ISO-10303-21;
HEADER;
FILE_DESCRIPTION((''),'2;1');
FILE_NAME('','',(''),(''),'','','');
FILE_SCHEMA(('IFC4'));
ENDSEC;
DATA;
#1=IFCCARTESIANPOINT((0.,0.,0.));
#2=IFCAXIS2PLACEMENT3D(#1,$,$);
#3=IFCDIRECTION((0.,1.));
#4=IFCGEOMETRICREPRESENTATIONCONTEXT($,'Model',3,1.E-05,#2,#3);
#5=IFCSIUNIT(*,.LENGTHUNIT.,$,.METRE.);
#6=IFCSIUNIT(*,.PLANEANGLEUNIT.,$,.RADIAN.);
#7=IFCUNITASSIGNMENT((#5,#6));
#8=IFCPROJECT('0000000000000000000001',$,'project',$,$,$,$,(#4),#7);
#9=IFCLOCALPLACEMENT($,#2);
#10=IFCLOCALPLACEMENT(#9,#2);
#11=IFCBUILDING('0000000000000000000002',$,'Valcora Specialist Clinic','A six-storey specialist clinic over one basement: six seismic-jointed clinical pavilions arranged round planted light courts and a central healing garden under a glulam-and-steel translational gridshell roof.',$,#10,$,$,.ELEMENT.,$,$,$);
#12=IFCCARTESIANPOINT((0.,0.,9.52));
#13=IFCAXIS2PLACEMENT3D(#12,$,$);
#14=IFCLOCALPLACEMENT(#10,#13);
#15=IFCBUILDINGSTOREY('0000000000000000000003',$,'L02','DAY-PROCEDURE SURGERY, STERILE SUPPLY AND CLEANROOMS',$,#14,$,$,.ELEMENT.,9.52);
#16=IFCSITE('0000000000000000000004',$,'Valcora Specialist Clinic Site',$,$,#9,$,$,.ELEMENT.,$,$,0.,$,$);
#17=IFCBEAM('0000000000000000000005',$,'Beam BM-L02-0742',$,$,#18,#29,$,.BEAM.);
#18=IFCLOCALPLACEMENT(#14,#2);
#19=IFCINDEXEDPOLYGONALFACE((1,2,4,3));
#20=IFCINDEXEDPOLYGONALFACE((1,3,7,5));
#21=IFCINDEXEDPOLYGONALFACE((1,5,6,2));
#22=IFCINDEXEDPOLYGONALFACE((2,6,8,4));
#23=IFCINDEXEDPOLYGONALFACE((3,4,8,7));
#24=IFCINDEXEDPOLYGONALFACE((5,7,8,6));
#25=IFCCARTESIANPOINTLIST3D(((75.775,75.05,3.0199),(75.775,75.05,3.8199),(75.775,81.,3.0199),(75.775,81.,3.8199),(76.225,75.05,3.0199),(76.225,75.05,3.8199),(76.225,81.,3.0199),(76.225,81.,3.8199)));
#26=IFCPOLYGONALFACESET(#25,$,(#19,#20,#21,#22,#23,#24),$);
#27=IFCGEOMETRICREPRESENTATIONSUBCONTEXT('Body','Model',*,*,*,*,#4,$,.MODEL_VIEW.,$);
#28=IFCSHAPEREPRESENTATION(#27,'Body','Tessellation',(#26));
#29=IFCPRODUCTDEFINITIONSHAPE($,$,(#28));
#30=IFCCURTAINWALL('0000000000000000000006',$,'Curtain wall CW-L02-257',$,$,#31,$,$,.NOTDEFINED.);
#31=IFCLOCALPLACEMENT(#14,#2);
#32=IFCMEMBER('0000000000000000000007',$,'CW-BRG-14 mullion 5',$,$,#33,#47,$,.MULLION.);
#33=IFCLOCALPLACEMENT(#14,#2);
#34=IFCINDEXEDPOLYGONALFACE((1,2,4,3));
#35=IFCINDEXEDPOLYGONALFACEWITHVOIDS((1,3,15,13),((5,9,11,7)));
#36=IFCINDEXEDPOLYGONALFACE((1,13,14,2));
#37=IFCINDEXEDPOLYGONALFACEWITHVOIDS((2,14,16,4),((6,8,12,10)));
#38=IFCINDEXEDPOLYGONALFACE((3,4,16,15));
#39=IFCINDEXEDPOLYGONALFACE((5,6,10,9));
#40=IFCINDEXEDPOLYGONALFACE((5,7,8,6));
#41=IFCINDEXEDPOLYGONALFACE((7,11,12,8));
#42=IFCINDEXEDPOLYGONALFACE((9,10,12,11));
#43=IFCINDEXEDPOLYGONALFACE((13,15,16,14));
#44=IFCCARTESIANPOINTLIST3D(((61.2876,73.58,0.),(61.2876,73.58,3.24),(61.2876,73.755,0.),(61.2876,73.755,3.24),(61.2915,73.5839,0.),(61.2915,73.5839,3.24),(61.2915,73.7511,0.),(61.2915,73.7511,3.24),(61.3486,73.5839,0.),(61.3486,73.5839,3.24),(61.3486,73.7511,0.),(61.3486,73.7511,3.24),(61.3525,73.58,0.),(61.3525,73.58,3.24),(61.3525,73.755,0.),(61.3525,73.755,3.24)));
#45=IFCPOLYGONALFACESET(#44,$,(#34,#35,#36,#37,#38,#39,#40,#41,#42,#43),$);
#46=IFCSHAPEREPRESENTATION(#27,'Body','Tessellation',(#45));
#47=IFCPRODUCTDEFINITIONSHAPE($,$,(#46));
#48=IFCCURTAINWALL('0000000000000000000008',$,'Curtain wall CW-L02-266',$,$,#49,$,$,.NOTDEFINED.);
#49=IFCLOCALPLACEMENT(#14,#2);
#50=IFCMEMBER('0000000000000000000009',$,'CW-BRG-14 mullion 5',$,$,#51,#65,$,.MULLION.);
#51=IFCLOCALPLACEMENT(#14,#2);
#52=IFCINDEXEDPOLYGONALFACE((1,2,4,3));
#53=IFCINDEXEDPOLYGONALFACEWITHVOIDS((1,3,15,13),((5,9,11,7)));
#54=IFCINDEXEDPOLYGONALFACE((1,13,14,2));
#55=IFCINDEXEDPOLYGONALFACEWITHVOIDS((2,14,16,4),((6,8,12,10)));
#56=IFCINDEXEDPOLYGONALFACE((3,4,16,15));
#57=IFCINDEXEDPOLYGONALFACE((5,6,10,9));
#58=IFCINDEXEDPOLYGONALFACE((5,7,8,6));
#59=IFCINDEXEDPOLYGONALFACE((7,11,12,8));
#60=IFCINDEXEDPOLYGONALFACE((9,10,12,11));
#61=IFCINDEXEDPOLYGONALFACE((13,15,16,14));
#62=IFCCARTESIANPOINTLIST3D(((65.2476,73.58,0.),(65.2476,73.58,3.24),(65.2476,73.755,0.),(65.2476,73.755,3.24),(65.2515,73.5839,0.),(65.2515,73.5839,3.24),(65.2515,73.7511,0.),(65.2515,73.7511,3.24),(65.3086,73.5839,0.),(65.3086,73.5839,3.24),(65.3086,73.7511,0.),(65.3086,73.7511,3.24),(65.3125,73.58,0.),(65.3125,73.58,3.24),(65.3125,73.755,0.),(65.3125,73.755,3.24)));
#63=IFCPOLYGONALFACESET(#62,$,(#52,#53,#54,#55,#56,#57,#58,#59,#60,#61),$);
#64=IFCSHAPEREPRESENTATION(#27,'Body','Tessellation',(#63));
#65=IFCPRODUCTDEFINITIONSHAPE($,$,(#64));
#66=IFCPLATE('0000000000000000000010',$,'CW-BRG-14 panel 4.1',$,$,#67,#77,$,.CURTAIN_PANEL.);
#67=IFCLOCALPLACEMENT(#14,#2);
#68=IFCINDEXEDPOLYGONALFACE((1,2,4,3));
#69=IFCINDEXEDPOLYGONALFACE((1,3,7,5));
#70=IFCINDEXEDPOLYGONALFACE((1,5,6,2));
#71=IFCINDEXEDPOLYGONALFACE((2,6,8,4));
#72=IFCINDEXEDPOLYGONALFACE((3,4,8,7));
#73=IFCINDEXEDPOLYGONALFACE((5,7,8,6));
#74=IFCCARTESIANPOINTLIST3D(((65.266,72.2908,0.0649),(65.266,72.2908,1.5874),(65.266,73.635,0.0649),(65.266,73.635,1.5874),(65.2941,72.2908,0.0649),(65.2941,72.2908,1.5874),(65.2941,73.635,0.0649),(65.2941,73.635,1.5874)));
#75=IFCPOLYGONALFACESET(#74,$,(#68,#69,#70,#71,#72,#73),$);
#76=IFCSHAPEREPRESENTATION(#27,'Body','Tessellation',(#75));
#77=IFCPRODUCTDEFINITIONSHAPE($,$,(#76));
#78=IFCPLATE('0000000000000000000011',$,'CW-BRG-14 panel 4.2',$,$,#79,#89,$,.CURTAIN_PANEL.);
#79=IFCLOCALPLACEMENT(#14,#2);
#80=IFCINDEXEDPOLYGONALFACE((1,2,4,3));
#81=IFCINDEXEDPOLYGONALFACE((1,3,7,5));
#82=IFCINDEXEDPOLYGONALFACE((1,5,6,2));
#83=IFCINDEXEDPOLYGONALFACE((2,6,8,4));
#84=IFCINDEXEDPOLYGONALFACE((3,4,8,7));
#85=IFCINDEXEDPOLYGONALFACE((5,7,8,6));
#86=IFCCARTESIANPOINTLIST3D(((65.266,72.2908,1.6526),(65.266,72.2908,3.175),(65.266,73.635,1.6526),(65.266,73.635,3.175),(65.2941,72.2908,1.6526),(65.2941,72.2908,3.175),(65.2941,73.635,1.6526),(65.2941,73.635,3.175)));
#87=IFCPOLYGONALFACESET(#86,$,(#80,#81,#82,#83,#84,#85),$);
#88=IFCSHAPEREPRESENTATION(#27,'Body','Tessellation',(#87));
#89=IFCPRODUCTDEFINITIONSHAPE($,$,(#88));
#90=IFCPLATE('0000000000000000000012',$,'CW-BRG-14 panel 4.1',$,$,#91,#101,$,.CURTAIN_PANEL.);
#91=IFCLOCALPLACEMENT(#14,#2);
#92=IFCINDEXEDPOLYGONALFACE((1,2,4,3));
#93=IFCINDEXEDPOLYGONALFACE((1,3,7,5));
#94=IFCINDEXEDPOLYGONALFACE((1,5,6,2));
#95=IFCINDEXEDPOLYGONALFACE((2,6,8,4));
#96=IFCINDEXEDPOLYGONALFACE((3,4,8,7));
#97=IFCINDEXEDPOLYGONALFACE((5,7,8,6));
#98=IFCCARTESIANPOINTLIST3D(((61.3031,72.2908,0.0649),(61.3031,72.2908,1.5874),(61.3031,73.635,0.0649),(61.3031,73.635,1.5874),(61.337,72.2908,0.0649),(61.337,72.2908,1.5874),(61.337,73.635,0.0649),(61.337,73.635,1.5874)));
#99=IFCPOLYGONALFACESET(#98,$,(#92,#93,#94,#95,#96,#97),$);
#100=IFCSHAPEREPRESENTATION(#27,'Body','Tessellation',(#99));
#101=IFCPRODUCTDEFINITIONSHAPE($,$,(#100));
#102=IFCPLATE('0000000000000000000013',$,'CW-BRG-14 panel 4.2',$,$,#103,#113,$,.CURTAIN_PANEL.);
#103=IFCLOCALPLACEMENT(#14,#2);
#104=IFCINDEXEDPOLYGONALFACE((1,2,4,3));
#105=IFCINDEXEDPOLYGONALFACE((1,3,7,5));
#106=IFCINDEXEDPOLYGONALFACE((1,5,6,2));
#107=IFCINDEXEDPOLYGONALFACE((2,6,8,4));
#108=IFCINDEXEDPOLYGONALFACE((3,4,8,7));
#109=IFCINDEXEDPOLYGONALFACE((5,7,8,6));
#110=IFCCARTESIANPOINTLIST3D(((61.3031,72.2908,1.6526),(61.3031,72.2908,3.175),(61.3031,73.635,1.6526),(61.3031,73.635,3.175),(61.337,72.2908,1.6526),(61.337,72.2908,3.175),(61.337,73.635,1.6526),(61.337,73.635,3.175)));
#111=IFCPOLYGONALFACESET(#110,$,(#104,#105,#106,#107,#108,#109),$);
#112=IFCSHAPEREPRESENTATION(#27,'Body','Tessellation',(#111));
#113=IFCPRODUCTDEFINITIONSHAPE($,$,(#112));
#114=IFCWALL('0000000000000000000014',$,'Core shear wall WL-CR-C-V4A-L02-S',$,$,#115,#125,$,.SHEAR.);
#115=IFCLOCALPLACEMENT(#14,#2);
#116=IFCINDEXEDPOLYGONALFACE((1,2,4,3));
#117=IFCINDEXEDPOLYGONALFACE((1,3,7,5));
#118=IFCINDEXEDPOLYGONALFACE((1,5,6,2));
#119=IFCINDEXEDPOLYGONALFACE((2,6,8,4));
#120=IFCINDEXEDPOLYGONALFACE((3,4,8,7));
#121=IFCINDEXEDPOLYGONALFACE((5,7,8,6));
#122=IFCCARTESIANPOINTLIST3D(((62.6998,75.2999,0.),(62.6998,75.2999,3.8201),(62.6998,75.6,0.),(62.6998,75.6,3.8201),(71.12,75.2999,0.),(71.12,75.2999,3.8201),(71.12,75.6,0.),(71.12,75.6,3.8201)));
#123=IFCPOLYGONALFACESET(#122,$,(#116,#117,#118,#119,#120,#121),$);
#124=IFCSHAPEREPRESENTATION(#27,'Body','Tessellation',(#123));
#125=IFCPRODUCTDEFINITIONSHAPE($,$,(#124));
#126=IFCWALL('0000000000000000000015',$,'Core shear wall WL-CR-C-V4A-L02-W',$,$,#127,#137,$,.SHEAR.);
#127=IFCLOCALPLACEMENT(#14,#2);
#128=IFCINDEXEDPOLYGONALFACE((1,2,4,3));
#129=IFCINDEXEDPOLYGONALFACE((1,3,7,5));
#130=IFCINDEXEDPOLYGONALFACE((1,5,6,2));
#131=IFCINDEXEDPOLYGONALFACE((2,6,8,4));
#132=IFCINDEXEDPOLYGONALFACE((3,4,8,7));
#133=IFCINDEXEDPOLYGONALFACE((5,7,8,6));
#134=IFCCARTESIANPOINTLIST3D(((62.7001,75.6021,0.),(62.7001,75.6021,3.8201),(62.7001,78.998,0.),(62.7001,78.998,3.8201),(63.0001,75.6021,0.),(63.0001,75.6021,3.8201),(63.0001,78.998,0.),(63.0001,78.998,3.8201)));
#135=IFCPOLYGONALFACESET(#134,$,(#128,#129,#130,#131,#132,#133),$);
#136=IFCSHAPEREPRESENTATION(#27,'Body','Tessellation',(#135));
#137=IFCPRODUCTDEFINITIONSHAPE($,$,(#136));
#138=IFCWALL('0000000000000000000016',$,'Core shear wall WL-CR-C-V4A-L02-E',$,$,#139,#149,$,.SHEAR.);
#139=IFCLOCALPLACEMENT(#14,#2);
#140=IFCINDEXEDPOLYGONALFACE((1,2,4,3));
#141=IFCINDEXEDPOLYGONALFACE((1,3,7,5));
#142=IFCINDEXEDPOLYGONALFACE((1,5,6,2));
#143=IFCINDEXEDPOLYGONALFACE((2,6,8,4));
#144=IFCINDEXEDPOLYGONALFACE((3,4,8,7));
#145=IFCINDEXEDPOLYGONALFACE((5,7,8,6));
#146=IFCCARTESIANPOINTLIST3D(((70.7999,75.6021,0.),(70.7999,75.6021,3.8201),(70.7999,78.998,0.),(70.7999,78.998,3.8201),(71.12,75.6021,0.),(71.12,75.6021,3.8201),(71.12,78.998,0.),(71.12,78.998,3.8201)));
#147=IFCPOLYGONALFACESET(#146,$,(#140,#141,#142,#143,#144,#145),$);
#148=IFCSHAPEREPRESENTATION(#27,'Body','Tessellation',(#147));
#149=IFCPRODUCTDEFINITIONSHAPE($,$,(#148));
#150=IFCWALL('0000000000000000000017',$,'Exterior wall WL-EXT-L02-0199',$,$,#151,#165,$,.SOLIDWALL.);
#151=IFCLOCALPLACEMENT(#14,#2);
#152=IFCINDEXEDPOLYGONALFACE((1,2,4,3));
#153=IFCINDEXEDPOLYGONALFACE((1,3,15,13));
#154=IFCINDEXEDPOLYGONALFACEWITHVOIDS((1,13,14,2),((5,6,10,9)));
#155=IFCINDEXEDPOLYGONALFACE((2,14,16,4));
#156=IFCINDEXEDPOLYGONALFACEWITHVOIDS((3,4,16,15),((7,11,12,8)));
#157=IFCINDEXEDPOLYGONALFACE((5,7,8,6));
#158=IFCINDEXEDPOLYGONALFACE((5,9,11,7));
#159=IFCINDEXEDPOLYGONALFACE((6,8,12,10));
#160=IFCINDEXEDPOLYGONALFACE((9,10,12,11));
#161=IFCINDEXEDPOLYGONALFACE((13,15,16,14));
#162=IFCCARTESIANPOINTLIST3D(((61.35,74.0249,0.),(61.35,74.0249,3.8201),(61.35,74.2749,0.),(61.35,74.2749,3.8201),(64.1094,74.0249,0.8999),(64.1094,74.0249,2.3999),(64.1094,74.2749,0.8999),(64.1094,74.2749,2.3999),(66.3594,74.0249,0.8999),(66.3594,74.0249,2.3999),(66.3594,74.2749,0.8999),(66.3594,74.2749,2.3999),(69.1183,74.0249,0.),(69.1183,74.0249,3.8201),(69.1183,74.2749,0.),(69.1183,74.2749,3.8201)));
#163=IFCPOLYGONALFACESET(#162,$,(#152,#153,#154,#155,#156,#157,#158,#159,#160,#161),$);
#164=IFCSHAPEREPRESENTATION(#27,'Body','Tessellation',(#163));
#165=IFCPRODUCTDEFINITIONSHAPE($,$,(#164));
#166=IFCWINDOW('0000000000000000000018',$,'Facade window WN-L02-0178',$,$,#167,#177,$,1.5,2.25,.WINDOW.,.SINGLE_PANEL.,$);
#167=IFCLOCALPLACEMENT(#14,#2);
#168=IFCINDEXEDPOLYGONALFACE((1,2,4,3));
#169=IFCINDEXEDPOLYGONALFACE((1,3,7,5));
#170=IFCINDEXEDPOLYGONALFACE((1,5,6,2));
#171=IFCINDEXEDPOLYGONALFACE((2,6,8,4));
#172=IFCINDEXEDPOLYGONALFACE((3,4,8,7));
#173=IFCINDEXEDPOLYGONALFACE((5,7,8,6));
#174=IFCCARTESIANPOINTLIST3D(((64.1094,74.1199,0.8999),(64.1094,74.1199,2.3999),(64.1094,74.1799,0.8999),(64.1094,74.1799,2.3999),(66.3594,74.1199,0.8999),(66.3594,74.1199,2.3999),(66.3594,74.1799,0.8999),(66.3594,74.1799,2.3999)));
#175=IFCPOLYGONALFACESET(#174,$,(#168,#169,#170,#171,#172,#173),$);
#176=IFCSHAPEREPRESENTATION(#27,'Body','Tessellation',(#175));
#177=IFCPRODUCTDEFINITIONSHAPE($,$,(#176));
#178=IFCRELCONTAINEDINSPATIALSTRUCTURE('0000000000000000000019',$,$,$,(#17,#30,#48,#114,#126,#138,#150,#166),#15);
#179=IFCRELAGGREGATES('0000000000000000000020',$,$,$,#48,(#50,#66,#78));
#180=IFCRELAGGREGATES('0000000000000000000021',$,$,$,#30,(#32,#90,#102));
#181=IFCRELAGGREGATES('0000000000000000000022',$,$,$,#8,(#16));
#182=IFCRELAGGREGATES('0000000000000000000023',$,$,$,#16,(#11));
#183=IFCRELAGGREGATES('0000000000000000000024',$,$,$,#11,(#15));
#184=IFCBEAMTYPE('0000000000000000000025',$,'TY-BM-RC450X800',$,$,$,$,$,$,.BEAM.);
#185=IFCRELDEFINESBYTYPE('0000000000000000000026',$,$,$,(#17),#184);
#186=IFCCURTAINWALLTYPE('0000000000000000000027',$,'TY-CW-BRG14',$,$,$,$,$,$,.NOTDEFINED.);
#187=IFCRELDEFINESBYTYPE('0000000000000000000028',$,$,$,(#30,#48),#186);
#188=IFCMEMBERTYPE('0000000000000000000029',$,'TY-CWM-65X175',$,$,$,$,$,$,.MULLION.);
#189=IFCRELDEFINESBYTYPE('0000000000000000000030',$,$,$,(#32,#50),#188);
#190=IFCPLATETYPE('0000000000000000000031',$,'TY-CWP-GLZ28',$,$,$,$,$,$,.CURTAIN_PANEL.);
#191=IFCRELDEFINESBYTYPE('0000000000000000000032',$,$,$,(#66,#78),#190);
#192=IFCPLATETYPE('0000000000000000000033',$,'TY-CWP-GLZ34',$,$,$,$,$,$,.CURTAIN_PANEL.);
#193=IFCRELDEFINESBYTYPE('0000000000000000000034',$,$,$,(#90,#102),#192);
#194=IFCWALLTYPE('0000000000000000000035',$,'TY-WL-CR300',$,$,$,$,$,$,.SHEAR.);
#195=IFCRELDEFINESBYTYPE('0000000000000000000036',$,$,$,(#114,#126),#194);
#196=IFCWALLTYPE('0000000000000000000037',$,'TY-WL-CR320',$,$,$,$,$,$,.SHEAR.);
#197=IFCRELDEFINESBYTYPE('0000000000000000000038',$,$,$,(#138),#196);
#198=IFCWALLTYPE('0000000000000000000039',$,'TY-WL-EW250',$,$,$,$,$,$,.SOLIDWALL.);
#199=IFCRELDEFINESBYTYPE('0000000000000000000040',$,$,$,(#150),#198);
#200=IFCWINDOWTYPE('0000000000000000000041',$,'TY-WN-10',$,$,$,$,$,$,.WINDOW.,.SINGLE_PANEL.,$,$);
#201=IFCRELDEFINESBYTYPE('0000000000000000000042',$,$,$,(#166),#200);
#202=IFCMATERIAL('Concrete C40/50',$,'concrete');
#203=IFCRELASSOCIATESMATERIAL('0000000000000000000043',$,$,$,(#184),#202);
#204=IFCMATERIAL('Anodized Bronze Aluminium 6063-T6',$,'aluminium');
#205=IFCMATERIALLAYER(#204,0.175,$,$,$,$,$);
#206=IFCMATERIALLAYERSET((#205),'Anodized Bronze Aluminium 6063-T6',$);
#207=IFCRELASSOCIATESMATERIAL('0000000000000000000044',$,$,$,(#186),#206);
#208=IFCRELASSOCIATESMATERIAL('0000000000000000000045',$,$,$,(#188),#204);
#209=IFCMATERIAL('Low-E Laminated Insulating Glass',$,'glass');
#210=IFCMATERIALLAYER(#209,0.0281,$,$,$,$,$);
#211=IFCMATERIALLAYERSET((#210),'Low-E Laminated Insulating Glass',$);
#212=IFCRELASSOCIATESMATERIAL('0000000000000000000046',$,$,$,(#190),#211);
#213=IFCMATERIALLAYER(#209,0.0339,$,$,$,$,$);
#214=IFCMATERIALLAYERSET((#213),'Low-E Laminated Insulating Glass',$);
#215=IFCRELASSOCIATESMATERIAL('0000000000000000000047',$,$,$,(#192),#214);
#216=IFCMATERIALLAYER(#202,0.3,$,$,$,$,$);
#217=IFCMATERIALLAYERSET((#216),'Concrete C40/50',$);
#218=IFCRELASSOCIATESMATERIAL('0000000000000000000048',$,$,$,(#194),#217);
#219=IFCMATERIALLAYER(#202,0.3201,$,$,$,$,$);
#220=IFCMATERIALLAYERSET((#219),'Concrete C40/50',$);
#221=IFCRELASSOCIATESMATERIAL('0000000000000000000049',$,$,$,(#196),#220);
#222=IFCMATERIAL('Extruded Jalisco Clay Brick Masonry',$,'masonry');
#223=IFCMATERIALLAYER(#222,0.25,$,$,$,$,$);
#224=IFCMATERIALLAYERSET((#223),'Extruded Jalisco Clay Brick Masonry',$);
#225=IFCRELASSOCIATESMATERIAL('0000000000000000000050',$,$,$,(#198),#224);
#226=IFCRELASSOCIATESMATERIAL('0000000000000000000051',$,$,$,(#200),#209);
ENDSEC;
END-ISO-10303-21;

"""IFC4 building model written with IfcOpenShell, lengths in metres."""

from ifc_helpers import new_model, si_unit, direction, frame, frame_2d, origin, origin_2d, place, context, subcontext, project, spatial, rectangle, hollow_rectangle, extrude, material, layer, layer_set, material_profile, profile_set, type_object, element, fill, aggregate, save


model = new_model("IFC4")

# Units and contexts
model_context = context("Model", 3, precision=1e-05, world=origin(), true_north=direction((0.0, 1.0)))
body_context = subcontext(model_context, "Body", "Model", "MODEL_VIEW")
ifc_project = project(units=[si_unit("LENGTHUNIT", "METRE"), si_unit("PLANEANGLEUNIT", "RADIAN")], contexts=[model_context])

# Site, building, storey
site_placement = place(None, origin())
site = spatial("IfcSite", under=ifc_project, at=site_placement, Name="Valcora Specialist Clinic Site", CompositionType="ELEMENT", RefElevation=0.0)
building_placement = place(site_placement, origin())
building = spatial("IfcBuilding", under=site, at=building_placement, Name="Valcora Specialist Clinic", Description="A six-storey specialist clinic over one basement: six seismic-jointed clinical pavilions arranged round planted light courts and a central healing garden under a glulam-and-steel translational gridshell roof.", CompositionType="ELEMENT")
storey_placement = place(building_placement, frame((0.0, 0.0, 9.52)))
storey = spatial("IfcBuildingStorey", under=building, at=storey_placement, Name="L02", Description="DAY-PROCEDURE SURGERY, STERILE SUPPLY AND CLEANROOMS", CompositionType="ELEMENT", Elevation=9.52)

# Shared definitions
ifc_material_1 = material(Name="Concrete C40/50", Category="concrete")

# Beam
ifc_material_profile_1 = material_profile(ifc_material_1, rectangle(XDim=0.45, YDim=0.8, at=origin_2d()), Name="RC-BM-450X800")
ifc_profile_set_1 = profile_set([ifc_material_profile_1], Name="Concrete C40/50")
beam_type_1 = type_object("IfcBeamType", Name="TY-BM-RC450X800", PredefinedType="BEAM", material=ifc_profile_set_1)
beam_1_placement = place(storey_placement, frame((76.0, 75.05, 3.4199), z_axis=(0.0, 1.0, 0.0), x_axis=(-1.0, 0.0, 0.0)))
element("IfcBeam", 1, at=beam_1_placement, inside=storey, type_object=beam_type_1, Name="Beam BM-L02-0742", PredefinedType="BEAM", context=body_context, shape_type="SweptSolid", body=[
    extrude(rectangle(XDim=0.45, YDim=0.8, at=origin_2d()), origin(), (0.0, 0.0, 1.0), 5.95),
])

# Curtain wall, member
ifc_material_2 = material(Name="Anodized Bronze Aluminium 6063-T6", Category="aluminium")
ifc_layer_1 = layer(ifc_material_2, 0.175)
ifc_layer_set_1 = layer_set([ifc_layer_1], Name="Anodized Bronze Aluminium 6063-T6")
curtain_wall_type = type_object("IfcCurtainWallType", Name="TY-CW-BRG14", PredefinedType="NOTDEFINED", material=ifc_layer_set_1)
curtain_wall_1_placement = place(storey_placement, origin())
curtain_wall_1 = element("IfcCurtainWall", 2, at=curtain_wall_1_placement, inside=storey, type_object=curtain_wall_type, Name="Curtain wall CW-L02-257", PredefinedType="NOTDEFINED")
ifc_material_profile_2 = material_profile(ifc_material_2, hollow_rectangle(XDim=0.0649, YDim=0.175, WallThickness=0.0039, at=origin_2d()), Name="AL-MUL-65X175")
ifc_profile_set_2 = profile_set([ifc_material_profile_2], Name="Anodized Bronze Aluminium 6063-T6")
member_type = type_object("IfcMemberType", Name="TY-CWM-65X175", PredefinedType="MULLION", material=ifc_profile_set_2)
member_1_placement = place(storey_placement, frame((61.3201, 73.6675, 0.0), z_axis=(0.0, 0.0, 1.0), x_axis=(-1.0, 0.0, 0.0)))
member_1 = element("IfcMember", 3, at=member_1_placement, type_object=member_type, Name="CW-BRG-14 mullion 5", PredefinedType="MULLION", context=body_context, shape_type="SweptSolid", body=[
    extrude(hollow_rectangle(XDim=0.0649, YDim=0.175, WallThickness=0.0039, at=origin_2d()), origin(), (0.0, 0.0, 1.0), 3.24),
])

# Curtain wall, member, plates
curtain_wall_2_placement = place(storey_placement, origin())
curtain_wall_2 = element("IfcCurtainWall", 4, at=curtain_wall_2_placement, inside=storey, type_object=curtain_wall_type, Name="Curtain wall CW-L02-266", PredefinedType="NOTDEFINED")
member_2_placement = place(storey_placement, frame((65.28, 73.6675, 0.0), z_axis=(0.0, 0.0, 1.0), x_axis=(-1.0, 0.0, 0.0)))
member_2 = element("IfcMember", 5, at=member_2_placement, type_object=member_type, Name="CW-BRG-14 mullion 5", PredefinedType="MULLION", context=body_context, shape_type="SweptSolid", body=[
    extrude(hollow_rectangle(XDim=0.0649, YDim=0.175, WallThickness=0.0039, at=origin_2d()), origin(), (0.0, 0.0, 1.0), 3.24),
])
ifc_material_3 = material(Name="Low-E Laminated Insulating Glass", Category="glass")
ifc_layer_2 = layer(ifc_material_3, 0.0281)
ifc_layer_set_2 = layer_set([ifc_layer_2], Name="Low-E Laminated Insulating Glass")
plate_type_1 = type_object("IfcPlateType", Name="TY-CWP-GLZ28", PredefinedType="CURTAIN_PANEL", material=ifc_layer_set_2)
plate_1_placement = place(storey_placement, frame((65.28, 72.9629, 0.0649), z_axis=(0.0, 0.0, 1.0), x_axis=(0.0, 1.0, 0.0)))
plate_1 = element("IfcPlate", 6, at=plate_1_placement, type_object=plate_type_1, Name="CW-BRG-14 panel 4.1", PredefinedType="CURTAIN_PANEL", context=body_context, shape_type="SweptSolid", body=[
    extrude(rectangle(XDim=1.3442, YDim=0.0281, at=origin_2d()), origin(), (0.0, 0.0, 1.0), 1.5225),
])
plate_2_placement = place(storey_placement, frame((65.28, 72.9629, 1.6526), z_axis=(0.0, 0.0, 1.0), x_axis=(0.0, 1.0, 0.0)))
plate_2 = element("IfcPlate", 7, at=plate_2_placement, type_object=plate_type_1, Name="CW-BRG-14 panel 4.2", PredefinedType="CURTAIN_PANEL", context=body_context, shape_type="SweptSolid", body=[
    extrude(rectangle(XDim=1.3442, YDim=0.0281, at=origin_2d()), origin(), (0.0, 0.0, 1.0), 1.5225),
])
aggregate(curtain_wall_2, [member_2, plate_1, plate_2])

# Plates
ifc_layer_3 = layer(ifc_material_3, 0.0339)
ifc_layer_set_3 = layer_set([ifc_layer_3], Name="Low-E Laminated Insulating Glass")
plate_type_2 = type_object("IfcPlateType", Name="TY-CWP-GLZ34", PredefinedType="CURTAIN_PANEL", material=ifc_layer_set_3)
plate_3_placement = place(storey_placement, frame((61.3201, 72.9629, 0.0649), z_axis=(0.0, 0.0, 1.0), x_axis=(0.0, 1.0, 0.0)))
plate_3 = element("IfcPlate", 8, at=plate_3_placement, type_object=plate_type_2, Name="CW-BRG-14 panel 4.1", PredefinedType="CURTAIN_PANEL", context=body_context, shape_type="SweptSolid", body=[
    extrude(rectangle(XDim=1.3442, YDim=0.0339, at=origin_2d()), origin(), (0.0, 0.0, 1.0), 1.5225),
])
plate_4_placement = place(storey_placement, frame((61.3201, 72.9629, 1.6526), z_axis=(0.0, 0.0, 1.0), x_axis=(0.0, 1.0, 0.0)))
plate_4 = element("IfcPlate", 9, at=plate_4_placement, type_object=plate_type_2, Name="CW-BRG-14 panel 4.2", PredefinedType="CURTAIN_PANEL", context=body_context, shape_type="SweptSolid", body=[
    extrude(rectangle(XDim=1.3442, YDim=0.0339, at=origin_2d()), origin(), (0.0, 0.0, 1.0), 1.5225),
])
aggregate(curtain_wall_1, [member_1, plate_3, plate_4])

# Walls
ifc_layer_4 = layer(ifc_material_1, 0.3)
ifc_layer_set_4 = layer_set([ifc_layer_4], Name="Concrete C40/50")
wall_type_1 = type_object("IfcWallType", Name="TY-WL-CR300", PredefinedType="SHEAR", material=ifc_layer_set_4)
wall_1_placement = place(storey_placement, frame((62.7, 75.45, 0.0), z_axis=(0.0, 0.0, 1.0), x_axis=(1.0, 0.0, 0.0)))
element("IfcWall", 10, at=wall_1_placement, inside=storey, type_object=wall_type_1, Name="Core shear wall WL-CR-C-V4A-L02-S", PredefinedType="SHEAR", context=body_context, shape_type="SweptSolid", body=[
    extrude(rectangle(XDim=8.4202, YDim=0.3, at=frame_2d((4.21, 0.0))), origin(), (0.0, 0.0, 1.0), 3.8201),
])
wall_2_placement = place(storey_placement, frame((62.8501, 75.6021, 0.0), z_axis=(0.0, 0.0, 1.0), x_axis=(0.0, 1.0, 0.0)))
element("IfcWall", 11, at=wall_2_placement, inside=storey, type_object=wall_type_1, Name="Core shear wall WL-CR-C-V4A-L02-W", PredefinedType="SHEAR", context=body_context, shape_type="SweptSolid", body=[
    extrude(rectangle(XDim=3.396, YDim=0.3, at=frame_2d((1.698, 0.0))), origin(), (0.0, 0.0, 1.0), 3.8201),
])
ifc_layer_5 = layer(ifc_material_1, 0.3201)
ifc_layer_set_5 = layer_set([ifc_layer_5], Name="Concrete C40/50")
wall_type_2 = type_object("IfcWallType", Name="TY-WL-CR320", PredefinedType="SHEAR", material=ifc_layer_set_5)
wall_3_placement = place(storey_placement, frame((70.96, 75.6021, 0.0), z_axis=(0.0, 0.0, 1.0), x_axis=(0.0, 1.0, 0.0)))
element("IfcWall", 12, at=wall_3_placement, inside=storey, type_object=wall_type_2, Name="Core shear wall WL-CR-C-V4A-L02-E", PredefinedType="SHEAR", context=body_context, shape_type="SweptSolid", body=[
    extrude(rectangle(XDim=3.396, YDim=0.3201, at=frame_2d((1.698, 0.0))), origin(), (0.0, 0.0, 1.0), 3.8201),
])

# Wall, opening, window
ifc_material_4 = material(Name="Extruded Jalisco Clay Brick Masonry", Category="masonry")
ifc_layer_6 = layer(ifc_material_4, 0.25)
ifc_layer_set_6 = layer_set([ifc_layer_6], Name="Extruded Jalisco Clay Brick Masonry")
wall_type_3 = type_object("IfcWallType", Name="TY-WL-EW250", PredefinedType="SOLIDWALL", material=ifc_layer_set_6)
wall_4_placement = place(storey_placement, frame((69.1184, 74.1499, 0.0), z_axis=(0.0, 0.0, 1.0), x_axis=(-1.0, 0.0, 0.0)))
wall_4 = element("IfcWall", 13, at=wall_4_placement, inside=storey, type_object=wall_type_3, Name="Exterior wall WL-EXT-L02-0199", PredefinedType="SOLIDWALL", context=body_context, shape_type="SweptSolid", body=[
    extrude(rectangle(XDim=7.7683, YDim=0.25, at=frame_2d((3.8843, 0.0))), origin(), (0.0, 0.0, 1.0), 3.8201),
])
opening_1_placement = place(wall_4_placement, frame((2.759, 0.0, 0.8999)))
opening_1 = element("IfcOpeningElement", 14, at=opening_1_placement, cuts=wall_4, PredefinedType="OPENING", context=body_context, shape_type="SweptSolid", body=[
    extrude(rectangle(XDim=2.25, YDim=1.5, at=frame_2d((1.125, 0.75))), frame((0.0, 0.135, 0.0), z_axis=(0.0, -1.0, 0.0), x_axis=(1.0, 0.0, 0.0)), (0.0, 0.0, 1.0), 0.27),
])
window_type_1 = type_object("IfcWindowType", Name="TY-WN-10", PartitioningType="SINGLE_PANEL", PredefinedType="WINDOW", material=ifc_material_3)
window_1_placement = place(opening_1_placement, origin())
window_1 = element("IfcWindow", 15, at=window_1_placement, inside=storey, type_object=window_type_1, Name="Facade window WN-L02-0178", OverallHeight=1.5, OverallWidth=2.25, PartitioningType="SINGLE_PANEL", PredefinedType="WINDOW", context=body_context, shape_type="SweptSolid", body=[
    extrude(rectangle(XDim=2.25, YDim=1.5, at=frame_2d((1.125, 0.75))), frame((0.0, 0.03, 0.0), z_axis=(0.0, -1.0, 0.0), x_axis=(1.0, 0.0, 0.0)), (0.0, 0.0, 1.0), 0.0601),
])
fill(opening_1, window_1)

save(model, "model.ifc")
